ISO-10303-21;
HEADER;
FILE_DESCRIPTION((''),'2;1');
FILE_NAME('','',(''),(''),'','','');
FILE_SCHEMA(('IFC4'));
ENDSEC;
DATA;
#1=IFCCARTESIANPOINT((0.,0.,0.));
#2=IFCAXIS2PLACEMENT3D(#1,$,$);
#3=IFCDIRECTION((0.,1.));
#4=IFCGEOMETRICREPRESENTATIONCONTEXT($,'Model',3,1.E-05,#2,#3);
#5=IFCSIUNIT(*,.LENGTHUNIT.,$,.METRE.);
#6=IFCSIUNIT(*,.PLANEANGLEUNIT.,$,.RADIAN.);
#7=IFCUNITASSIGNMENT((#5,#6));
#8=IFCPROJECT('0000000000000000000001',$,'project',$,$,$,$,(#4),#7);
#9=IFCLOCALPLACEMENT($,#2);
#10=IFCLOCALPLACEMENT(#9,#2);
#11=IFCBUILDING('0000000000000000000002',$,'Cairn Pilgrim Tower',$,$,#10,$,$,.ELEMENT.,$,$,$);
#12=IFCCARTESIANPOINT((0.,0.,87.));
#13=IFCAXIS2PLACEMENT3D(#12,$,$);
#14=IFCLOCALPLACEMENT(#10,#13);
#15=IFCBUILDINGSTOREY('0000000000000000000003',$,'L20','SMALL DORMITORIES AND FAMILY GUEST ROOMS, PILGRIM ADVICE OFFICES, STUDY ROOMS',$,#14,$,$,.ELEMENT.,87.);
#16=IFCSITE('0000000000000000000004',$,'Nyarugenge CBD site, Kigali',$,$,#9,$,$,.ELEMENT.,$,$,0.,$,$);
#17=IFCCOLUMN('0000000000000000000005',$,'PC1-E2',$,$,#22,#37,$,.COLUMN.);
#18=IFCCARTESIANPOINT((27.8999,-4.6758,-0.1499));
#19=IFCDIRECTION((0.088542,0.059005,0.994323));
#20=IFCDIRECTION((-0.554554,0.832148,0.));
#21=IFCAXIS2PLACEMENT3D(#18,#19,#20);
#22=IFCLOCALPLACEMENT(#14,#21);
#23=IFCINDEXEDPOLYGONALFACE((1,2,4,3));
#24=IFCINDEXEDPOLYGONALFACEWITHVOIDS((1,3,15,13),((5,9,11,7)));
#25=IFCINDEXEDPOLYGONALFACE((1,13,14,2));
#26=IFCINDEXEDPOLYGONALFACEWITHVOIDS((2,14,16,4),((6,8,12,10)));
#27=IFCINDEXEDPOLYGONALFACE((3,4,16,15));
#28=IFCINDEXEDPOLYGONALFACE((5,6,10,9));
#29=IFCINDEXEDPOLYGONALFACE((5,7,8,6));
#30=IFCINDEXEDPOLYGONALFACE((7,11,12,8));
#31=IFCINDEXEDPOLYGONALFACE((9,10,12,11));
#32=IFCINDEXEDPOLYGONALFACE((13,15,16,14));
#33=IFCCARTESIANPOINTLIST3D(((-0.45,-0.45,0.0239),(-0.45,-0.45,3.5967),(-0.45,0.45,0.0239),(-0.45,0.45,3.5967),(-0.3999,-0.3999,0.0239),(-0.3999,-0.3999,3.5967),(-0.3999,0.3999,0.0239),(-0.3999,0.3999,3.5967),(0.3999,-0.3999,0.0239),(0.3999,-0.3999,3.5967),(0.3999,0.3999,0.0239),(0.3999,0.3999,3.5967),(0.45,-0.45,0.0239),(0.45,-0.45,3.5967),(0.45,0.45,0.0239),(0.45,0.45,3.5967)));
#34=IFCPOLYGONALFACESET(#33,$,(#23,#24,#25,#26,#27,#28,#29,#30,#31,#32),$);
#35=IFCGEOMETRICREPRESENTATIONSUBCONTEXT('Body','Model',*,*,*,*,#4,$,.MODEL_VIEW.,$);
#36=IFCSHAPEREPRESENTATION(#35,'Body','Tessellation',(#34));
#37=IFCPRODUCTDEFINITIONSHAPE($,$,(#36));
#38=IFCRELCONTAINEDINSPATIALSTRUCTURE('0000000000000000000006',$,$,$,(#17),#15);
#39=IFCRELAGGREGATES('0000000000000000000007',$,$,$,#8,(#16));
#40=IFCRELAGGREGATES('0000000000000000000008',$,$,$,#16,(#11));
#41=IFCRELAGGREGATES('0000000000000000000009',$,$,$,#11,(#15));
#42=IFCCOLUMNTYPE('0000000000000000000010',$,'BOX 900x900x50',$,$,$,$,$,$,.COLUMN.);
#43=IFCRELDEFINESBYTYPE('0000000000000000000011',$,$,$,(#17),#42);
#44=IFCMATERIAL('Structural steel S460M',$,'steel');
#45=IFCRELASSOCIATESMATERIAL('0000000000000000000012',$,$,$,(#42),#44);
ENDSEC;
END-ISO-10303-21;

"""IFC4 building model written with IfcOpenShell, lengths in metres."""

from ifc_helpers import new_model, si_unit, direction, frame, origin, origin_2d, place, context, subcontext, project, spatial, hollow_rectangle, extrude, clip, halfspace, material, material_profile, profile_set, type_object, element, save


model = new_model("IFC4")

# Units and contexts
model_context = context("Model", 3, precision=1e-05, world=origin(), true_north=direction((0.0, 1.0)))
body_context = subcontext(model_context, "Body", "Model", "MODEL_VIEW")
ifc_project = project(units=[si_unit("LENGTHUNIT", "METRE"), si_unit("PLANEANGLEUNIT", "RADIAN")], contexts=[model_context])

# Site, building, storey
site_placement = place(None, origin())
site = spatial("IfcSite", under=ifc_project, at=site_placement, Name="Nyarugenge CBD site, Kigali", CompositionType="ELEMENT", RefElevation=0.0)
building_placement = place(site_placement, origin())
building = spatial("IfcBuilding", under=site, at=building_placement, Name="Cairn Pilgrim Tower", CompositionType="ELEMENT")
storey_placement = place(building_placement, frame((0.0, 0.0, 87.0)))
storey = spatial("IfcBuildingStorey", under=building, at=storey_placement, Name="L20", Description="SMALL DORMITORIES AND FAMILY GUEST ROOMS, PILGRIM ADVICE OFFICES, STUDY ROOMS", CompositionType="ELEMENT", Elevation=87.0)

# Column
ifc_material_1 = material(Name="Structural steel S460M", Category="steel")
ifc_material_profile_1 = material_profile(ifc_material_1, hollow_rectangle(XDim=0.8999, YDim=0.8999, WallThickness=0.05, at=origin_2d()), Name="BOX 900x900x50")
ifc_profile_set_1 = profile_set([ifc_material_profile_1], Name="Structural steel S460M")
column_type_1 = type_object("IfcColumnType", Name="BOX 900x900x50", PredefinedType="COLUMN", material=ifc_profile_set_1)
column_1_placement = place(storey_placement, frame((27.8999, -4.6758, -0.1499), z_axis=(0.088542, 0.059005, 0.994323), x_axis=(-0.554554, 0.832148, 0.0)))
element("IfcColumn", 1, at=column_1_placement, inside=storey, type_object=column_type_1, Name="PC1-E2", PredefinedType="COLUMN", context=body_context, shape_type="Clipping", body=[
    clip(clip(extrude(hollow_rectangle(XDim=0.8999, YDim=0.8999, WallThickness=0.05, at=origin_2d()), origin(), (0.0, 0.0, 1.0), 3.6204), halfspace(frame((0.0, 0.0, 0.0239), z_axis=(0.0, 0.0, 1.0), x_axis=(1.0, 0.0, 0.0)), True)), halfspace(frame((0.0, 0.0, 3.5967), z_axis=(0.0, 0.0, 1.0), x_axis=(1.0, 0.0, 0.0)), False)),
])

save(model, "model.ifc")
